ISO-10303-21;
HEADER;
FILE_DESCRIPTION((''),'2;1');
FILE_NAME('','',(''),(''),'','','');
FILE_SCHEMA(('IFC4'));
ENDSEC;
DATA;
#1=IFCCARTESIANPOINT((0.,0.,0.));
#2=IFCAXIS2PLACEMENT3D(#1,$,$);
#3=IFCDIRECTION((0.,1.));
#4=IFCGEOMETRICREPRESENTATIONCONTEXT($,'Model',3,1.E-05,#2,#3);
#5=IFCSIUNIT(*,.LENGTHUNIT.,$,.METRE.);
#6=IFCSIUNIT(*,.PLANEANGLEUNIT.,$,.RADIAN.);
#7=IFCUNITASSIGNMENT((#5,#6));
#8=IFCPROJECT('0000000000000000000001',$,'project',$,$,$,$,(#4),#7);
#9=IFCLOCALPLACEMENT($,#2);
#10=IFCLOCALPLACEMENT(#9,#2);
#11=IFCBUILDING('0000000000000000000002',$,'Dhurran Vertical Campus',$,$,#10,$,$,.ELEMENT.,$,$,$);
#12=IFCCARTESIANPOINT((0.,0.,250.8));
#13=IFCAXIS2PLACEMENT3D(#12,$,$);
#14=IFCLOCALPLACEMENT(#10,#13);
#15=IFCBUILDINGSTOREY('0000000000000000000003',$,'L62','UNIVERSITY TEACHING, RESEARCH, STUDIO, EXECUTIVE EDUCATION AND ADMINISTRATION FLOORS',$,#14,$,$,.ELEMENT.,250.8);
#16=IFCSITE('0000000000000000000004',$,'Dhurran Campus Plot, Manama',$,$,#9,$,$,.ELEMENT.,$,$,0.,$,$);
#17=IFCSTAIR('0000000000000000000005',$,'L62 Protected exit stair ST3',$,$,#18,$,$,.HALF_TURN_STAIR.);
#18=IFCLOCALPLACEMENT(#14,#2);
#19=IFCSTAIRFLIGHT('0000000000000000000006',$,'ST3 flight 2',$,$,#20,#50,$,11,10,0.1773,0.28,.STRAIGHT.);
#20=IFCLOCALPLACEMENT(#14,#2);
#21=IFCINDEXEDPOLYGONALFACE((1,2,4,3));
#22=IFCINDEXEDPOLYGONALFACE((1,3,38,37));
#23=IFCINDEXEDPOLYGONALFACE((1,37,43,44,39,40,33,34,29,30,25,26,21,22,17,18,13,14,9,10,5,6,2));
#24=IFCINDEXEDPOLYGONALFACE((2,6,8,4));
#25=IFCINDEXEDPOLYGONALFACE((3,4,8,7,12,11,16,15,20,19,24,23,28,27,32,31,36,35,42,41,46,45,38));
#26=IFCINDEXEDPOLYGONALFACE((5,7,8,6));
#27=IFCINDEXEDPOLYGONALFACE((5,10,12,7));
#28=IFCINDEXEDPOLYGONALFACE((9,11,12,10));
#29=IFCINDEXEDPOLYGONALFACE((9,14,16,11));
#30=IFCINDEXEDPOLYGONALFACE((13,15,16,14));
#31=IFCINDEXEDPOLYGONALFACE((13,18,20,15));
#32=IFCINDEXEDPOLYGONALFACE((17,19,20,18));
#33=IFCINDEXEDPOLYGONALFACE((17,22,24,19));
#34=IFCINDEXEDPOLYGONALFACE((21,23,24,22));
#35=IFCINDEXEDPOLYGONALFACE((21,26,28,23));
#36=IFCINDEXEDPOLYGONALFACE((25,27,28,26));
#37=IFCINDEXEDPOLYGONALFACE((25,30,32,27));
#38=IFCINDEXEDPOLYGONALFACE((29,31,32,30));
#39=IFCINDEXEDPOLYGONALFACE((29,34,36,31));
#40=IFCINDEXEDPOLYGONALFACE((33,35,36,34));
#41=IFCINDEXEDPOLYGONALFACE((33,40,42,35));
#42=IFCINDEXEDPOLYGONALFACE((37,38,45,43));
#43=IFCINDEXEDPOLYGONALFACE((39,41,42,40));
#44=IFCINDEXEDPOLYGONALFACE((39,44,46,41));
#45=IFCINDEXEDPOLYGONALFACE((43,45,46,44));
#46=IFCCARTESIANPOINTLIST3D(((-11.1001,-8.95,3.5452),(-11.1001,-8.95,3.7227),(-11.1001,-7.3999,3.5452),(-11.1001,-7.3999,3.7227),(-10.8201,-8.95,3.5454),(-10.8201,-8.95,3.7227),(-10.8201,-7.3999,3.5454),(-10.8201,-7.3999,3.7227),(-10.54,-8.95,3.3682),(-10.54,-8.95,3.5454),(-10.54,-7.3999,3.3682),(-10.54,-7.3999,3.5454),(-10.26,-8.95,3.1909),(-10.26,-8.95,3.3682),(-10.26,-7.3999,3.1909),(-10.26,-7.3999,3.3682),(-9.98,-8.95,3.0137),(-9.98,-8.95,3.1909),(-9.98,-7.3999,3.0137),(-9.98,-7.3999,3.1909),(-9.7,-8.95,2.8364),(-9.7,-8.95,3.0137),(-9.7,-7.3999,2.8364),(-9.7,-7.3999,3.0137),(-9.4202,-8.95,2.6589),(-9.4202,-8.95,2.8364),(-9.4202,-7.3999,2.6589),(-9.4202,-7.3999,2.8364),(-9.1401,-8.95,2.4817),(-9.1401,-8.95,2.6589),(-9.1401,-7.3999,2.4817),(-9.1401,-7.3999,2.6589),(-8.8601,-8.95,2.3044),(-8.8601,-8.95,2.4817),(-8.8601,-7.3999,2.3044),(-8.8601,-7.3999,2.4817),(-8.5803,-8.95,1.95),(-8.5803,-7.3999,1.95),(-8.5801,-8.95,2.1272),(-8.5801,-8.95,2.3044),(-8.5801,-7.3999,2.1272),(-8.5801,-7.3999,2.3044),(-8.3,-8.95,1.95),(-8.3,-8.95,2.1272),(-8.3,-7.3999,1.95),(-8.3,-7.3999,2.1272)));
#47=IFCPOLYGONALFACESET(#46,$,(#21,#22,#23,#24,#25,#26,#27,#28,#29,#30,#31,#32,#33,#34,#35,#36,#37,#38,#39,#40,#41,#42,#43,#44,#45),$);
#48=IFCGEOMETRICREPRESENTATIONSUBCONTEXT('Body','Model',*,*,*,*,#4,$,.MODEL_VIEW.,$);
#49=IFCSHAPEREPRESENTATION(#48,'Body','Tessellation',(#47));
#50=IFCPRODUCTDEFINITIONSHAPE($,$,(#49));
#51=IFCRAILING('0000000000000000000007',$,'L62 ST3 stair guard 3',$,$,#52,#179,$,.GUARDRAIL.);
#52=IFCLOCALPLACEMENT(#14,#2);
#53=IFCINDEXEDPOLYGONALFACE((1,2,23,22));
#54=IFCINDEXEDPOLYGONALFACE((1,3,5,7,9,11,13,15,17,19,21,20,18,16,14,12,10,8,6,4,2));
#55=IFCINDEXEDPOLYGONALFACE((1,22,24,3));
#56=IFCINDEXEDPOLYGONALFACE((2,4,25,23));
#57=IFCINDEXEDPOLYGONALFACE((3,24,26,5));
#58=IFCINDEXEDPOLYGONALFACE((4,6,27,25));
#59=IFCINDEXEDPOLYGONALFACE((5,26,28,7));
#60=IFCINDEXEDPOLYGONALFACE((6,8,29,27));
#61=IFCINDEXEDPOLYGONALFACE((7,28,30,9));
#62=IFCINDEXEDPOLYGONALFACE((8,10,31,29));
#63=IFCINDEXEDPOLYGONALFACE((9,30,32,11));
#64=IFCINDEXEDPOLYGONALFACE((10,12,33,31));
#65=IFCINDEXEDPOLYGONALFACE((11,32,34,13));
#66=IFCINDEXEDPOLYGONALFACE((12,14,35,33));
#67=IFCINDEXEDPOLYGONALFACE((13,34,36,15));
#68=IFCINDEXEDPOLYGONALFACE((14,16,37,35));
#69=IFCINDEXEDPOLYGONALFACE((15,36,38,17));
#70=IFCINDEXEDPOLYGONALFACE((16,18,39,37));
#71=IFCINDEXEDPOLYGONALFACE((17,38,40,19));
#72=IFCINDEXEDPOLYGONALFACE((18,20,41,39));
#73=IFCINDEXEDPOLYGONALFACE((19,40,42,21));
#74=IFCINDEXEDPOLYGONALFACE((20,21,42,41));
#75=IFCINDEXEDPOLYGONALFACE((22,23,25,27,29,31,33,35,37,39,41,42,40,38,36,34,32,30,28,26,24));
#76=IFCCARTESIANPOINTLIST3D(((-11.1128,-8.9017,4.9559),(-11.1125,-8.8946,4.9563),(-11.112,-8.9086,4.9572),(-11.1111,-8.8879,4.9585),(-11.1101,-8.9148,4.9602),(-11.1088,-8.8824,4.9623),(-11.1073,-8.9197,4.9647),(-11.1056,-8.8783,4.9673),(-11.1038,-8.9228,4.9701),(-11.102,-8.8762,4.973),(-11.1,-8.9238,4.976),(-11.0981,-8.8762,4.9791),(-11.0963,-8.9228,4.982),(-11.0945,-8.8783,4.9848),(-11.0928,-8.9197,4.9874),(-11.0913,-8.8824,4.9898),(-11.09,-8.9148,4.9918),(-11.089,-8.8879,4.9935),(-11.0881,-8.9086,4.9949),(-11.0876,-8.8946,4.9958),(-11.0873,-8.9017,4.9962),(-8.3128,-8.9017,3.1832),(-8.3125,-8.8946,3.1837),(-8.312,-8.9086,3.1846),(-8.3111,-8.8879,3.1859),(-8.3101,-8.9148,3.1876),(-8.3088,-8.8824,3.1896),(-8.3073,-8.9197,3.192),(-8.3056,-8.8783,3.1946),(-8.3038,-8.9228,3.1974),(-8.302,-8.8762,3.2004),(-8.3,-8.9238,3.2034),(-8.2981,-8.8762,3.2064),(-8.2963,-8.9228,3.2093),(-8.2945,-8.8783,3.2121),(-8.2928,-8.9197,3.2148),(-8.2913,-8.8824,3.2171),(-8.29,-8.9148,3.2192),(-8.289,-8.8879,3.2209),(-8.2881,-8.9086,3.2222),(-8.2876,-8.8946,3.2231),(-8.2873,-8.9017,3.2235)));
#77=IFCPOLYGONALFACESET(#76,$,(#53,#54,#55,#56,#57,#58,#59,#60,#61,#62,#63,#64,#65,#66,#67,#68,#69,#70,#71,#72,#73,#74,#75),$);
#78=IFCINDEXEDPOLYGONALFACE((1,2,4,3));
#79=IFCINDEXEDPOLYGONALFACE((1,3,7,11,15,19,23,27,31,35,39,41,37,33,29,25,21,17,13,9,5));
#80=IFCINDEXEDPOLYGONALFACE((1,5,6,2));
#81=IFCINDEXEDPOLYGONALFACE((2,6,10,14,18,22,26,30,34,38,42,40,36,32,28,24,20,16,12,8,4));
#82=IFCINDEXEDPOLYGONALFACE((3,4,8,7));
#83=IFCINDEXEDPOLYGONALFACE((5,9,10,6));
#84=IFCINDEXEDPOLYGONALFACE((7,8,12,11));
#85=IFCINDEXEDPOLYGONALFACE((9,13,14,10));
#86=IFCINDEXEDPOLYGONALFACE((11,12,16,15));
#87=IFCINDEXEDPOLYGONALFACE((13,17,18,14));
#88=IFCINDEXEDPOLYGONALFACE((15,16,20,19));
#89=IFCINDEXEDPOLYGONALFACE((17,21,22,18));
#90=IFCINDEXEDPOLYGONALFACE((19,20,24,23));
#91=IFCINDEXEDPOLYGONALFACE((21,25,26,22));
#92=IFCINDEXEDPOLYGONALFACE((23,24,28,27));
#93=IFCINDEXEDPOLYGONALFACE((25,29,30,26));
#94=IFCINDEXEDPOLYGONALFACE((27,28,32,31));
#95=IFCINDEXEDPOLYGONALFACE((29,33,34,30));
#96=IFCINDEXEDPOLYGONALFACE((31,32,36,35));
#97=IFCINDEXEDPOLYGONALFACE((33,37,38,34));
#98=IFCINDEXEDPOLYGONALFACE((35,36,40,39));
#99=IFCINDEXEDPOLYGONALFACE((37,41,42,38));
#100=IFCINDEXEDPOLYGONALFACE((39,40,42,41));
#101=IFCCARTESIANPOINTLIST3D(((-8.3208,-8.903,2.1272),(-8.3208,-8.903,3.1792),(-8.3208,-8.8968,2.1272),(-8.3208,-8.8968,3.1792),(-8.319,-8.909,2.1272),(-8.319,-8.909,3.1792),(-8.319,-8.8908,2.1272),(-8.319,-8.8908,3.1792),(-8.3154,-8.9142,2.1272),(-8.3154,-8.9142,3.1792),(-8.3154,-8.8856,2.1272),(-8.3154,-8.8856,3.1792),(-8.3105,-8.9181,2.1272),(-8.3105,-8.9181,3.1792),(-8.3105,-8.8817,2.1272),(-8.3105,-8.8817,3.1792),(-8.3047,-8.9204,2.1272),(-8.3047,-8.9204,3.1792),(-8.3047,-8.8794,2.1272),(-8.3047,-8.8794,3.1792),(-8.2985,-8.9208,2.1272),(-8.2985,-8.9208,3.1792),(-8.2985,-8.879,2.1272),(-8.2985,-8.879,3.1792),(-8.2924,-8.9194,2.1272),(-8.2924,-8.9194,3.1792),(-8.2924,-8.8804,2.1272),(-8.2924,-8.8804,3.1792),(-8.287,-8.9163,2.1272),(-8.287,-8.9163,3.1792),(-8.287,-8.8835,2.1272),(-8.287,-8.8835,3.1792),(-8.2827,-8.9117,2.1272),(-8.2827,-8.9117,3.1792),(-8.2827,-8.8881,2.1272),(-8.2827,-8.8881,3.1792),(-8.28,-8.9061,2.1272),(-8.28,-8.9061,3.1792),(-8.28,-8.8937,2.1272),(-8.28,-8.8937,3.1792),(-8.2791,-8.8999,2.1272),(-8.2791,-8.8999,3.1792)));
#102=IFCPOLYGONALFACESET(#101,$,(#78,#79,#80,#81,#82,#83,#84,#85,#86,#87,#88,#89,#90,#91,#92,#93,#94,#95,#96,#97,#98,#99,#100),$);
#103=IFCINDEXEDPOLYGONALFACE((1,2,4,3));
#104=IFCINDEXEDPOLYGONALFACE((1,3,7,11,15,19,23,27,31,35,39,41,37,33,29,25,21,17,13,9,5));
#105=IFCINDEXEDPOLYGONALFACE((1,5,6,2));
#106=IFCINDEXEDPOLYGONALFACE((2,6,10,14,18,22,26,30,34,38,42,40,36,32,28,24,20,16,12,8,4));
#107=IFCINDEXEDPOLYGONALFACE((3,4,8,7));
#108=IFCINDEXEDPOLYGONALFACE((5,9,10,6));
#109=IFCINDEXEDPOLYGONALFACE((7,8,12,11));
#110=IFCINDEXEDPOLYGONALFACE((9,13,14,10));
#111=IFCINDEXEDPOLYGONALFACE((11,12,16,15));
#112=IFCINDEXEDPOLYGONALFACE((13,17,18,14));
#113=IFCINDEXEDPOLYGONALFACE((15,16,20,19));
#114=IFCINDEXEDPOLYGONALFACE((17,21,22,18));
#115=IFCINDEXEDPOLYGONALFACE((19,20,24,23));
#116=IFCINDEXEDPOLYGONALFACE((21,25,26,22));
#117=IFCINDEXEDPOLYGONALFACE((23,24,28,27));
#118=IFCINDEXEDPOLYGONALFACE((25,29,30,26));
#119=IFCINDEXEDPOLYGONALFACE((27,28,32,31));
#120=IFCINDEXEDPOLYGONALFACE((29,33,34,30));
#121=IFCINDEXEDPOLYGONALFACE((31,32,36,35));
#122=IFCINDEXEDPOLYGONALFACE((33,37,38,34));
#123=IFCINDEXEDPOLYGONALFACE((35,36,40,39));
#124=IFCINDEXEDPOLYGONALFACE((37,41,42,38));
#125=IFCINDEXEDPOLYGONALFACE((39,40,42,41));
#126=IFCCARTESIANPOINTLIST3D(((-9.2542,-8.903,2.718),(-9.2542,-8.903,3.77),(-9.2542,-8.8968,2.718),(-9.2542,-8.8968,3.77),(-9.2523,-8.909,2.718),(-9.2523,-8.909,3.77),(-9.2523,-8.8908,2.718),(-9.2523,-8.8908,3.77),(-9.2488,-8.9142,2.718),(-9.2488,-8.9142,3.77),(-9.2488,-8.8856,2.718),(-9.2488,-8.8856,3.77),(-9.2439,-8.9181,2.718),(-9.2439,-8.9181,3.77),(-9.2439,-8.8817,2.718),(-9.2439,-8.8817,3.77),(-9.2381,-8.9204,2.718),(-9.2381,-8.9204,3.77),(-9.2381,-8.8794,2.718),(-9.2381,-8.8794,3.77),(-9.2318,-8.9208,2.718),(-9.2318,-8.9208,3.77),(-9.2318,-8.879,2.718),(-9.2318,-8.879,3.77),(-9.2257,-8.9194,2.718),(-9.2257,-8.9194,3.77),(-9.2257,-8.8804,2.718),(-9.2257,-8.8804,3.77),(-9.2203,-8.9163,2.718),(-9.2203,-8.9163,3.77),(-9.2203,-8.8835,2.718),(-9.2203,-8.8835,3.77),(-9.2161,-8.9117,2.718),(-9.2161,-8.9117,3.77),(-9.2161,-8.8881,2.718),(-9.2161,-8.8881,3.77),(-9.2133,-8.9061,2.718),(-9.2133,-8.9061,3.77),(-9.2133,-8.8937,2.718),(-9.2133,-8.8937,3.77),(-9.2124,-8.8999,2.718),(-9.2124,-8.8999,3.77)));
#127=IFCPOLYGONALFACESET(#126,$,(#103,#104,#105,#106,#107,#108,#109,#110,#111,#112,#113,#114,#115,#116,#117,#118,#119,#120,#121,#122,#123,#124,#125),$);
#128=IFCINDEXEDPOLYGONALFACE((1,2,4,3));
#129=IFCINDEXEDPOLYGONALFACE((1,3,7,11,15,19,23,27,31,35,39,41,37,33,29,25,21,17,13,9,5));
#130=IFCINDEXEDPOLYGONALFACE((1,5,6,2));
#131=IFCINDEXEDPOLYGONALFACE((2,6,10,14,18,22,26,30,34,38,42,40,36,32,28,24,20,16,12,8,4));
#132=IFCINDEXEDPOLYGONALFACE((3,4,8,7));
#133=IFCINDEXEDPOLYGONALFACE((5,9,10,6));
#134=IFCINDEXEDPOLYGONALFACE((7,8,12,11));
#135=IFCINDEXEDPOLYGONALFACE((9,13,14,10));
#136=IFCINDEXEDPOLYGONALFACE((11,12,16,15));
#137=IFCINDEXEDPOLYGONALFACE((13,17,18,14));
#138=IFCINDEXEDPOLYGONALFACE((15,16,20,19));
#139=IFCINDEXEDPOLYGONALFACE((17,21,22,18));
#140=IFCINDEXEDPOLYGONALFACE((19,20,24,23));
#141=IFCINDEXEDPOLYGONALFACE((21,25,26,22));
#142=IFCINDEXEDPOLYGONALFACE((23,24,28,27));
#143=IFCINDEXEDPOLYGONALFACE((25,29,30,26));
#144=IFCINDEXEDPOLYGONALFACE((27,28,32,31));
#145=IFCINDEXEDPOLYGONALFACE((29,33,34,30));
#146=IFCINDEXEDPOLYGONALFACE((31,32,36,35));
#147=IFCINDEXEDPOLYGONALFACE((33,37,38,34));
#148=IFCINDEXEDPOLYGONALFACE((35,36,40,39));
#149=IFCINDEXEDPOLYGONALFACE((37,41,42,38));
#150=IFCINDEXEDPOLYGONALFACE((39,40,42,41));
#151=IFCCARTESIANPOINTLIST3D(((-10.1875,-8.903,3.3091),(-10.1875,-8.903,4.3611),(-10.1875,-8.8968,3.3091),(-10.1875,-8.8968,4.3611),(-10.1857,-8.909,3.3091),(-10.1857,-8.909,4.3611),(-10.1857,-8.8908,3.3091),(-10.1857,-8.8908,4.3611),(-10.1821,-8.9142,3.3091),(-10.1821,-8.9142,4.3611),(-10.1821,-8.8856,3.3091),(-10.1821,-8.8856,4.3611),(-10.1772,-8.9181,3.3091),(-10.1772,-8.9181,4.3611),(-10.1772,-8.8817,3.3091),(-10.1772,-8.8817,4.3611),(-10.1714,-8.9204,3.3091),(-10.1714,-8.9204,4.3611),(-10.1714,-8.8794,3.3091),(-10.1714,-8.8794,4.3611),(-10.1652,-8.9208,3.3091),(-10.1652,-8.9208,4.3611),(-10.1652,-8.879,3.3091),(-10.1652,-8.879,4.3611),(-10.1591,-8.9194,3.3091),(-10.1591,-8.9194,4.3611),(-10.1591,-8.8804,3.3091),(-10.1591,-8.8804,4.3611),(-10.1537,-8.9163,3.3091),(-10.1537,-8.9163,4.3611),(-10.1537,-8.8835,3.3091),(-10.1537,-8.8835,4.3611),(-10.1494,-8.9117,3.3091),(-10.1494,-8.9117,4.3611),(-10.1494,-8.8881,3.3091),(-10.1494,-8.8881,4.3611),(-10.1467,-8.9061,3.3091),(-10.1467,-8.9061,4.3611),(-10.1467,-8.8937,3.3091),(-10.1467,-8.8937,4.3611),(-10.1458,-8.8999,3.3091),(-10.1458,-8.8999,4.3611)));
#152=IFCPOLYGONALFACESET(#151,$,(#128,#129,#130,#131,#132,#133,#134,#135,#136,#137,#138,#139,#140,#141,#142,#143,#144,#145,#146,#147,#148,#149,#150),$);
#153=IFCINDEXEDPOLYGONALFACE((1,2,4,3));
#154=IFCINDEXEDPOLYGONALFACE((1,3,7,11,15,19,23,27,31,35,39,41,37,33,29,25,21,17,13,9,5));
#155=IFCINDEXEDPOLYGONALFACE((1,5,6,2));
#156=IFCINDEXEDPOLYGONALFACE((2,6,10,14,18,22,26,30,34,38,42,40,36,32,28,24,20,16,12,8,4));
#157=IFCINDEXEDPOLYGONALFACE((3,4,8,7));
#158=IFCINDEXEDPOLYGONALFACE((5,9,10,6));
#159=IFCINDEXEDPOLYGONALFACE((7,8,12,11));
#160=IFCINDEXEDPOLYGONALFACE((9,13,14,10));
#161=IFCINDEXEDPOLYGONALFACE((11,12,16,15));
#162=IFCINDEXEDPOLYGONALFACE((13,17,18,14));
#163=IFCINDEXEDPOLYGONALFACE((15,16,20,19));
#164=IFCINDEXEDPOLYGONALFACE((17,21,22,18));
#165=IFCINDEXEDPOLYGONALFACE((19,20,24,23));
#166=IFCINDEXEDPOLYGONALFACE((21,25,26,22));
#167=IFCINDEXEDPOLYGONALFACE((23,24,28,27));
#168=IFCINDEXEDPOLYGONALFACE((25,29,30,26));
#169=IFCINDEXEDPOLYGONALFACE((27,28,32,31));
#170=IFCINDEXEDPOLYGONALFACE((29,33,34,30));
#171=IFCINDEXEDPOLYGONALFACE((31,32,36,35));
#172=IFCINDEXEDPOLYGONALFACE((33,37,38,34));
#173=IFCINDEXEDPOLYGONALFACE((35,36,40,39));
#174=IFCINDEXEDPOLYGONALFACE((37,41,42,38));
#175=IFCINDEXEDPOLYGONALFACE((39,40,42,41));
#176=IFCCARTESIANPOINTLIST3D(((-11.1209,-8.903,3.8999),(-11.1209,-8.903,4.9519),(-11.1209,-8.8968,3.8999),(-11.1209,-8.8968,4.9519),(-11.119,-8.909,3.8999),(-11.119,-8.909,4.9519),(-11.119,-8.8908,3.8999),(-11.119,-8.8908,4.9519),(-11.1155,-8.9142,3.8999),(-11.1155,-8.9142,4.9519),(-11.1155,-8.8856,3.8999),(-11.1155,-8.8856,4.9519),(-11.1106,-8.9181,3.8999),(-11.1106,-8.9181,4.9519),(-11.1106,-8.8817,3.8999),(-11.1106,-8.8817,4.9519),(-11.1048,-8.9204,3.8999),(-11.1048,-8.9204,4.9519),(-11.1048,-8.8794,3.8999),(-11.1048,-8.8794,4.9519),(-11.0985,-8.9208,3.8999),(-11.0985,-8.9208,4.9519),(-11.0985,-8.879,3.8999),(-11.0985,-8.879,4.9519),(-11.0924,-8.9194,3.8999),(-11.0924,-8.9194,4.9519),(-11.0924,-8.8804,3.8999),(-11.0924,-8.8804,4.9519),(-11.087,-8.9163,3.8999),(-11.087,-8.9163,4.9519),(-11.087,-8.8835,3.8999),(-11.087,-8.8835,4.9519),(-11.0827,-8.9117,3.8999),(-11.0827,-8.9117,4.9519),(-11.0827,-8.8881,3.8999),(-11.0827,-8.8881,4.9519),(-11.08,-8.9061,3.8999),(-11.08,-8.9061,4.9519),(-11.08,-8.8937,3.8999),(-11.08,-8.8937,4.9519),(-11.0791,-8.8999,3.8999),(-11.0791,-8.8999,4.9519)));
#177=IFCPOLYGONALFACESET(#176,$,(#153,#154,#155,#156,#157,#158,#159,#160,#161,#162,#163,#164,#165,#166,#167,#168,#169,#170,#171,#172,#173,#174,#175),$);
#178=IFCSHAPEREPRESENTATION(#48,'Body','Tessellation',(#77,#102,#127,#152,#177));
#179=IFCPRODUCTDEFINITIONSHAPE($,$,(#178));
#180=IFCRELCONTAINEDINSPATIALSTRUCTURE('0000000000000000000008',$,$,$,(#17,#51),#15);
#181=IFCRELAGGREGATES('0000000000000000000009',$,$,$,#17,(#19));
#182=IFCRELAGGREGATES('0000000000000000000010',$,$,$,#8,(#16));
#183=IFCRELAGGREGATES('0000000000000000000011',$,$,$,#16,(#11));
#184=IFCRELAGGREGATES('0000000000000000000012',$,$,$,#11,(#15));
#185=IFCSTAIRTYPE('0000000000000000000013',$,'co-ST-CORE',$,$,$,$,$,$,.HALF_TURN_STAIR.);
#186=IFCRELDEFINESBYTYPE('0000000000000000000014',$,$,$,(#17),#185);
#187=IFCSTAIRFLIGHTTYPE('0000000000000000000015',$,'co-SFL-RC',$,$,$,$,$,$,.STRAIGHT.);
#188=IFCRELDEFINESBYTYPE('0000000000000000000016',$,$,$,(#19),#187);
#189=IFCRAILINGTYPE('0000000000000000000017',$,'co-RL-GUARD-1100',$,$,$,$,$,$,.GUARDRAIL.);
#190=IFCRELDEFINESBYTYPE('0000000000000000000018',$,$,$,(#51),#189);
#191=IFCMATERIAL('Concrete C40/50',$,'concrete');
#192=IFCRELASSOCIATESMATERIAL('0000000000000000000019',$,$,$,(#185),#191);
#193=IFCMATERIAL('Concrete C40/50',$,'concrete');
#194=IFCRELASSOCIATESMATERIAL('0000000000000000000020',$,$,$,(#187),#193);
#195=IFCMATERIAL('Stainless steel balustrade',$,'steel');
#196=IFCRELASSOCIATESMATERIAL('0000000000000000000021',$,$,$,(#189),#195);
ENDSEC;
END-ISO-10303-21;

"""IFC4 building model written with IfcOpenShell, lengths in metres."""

from ifc_helpers import new_model, si_unit, direction, frame, origin, origin_2d, place, context, subcontext, project, spatial, polyline, circle, outline, extrude, material, type_object, element, aggregate, save


model = new_model("IFC4")

# Units and contexts
model_context = context("Model", 3, precision=1e-05, world=origin(), true_north=direction((0.0, 1.0)))
body_context = subcontext(model_context, "Body", "Model", "MODEL_VIEW")
ifc_project = project(units=[si_unit("LENGTHUNIT", "METRE"), si_unit("PLANEANGLEUNIT", "RADIAN")], contexts=[model_context])

# Site, building, storey
site_placement = place(None, origin())
site = spatial("IfcSite", under=ifc_project, at=site_placement, Name="Dhurran Campus Plot, Manama", CompositionType="ELEMENT", RefElevation=0.0)
building_placement = place(site_placement, origin())
building = spatial("IfcBuilding", under=site, at=building_placement, Name="Dhurran Vertical Campus", CompositionType="ELEMENT")
storey_placement = place(building_placement, frame((0.0, 0.0, 250.8)))
storey = spatial("IfcBuildingStorey", under=building, at=storey_placement, Name="L62", Description="UNIVERSITY TEACHING, RESEARCH, STUDIO, EXECUTIVE EDUCATION AND ADMINISTRATION FLOORS", CompositionType="ELEMENT", Elevation=250.8)

# Stair, stair flight
ifc_material_1 = material(Name="Concrete C40/50", Category="concrete")
stair_type = type_object("IfcStairType", Name="co-ST-CORE", PredefinedType="HALF_TURN_STAIR", material=ifc_material_1)
stair_placement = place(storey_placement, origin())
stair = element("IfcStair", 1, at=stair_placement, inside=storey, type_object=stair_type, Name="L62 Protected exit stair ST3", PredefinedType="HALF_TURN_STAIR")
ifc_material_2 = material(Name="Concrete C40/50", Category="concrete")
stair_flight_type = type_object("IfcStairFlightType", Name="co-SFL-RC", PredefinedType="STRAIGHT", material=ifc_material_2)
stair_flight_placement = place(storey_placement, frame((-8.3, -8.175, 1.95), z_axis=(0.0, 0.0, 1.0), x_axis=(-1.0, 0.0, 0.0)))
stair_flight = element("IfcStairFlight", 2, at=stair_flight_placement, type_object=stair_flight_type, Name="ST3 flight 2", NumberOfRisers=11, NumberOfTreads=10, PredefinedType="STRAIGHT", RiserHeight=0.1773, TreadLength=0.28, context=body_context, shape_type="SweptSolid", body=[
    extrude(outline(polyline([(0.0, 0.0), (0.0, 0.1772), (0.28, 0.1772), (0.28, 0.3545), (0.5601, 0.3545), (0.5601, 0.5317), (0.8401, 0.5317), (0.8401, 0.709), (1.1201, 0.709), (1.1201, 0.8865), (1.3999, 0.8865), (1.3999, 1.0637), (1.6799, 1.0637), (1.6799, 1.241), (1.96, 1.241), (1.96, 1.4182), (2.24, 1.4182), (2.24, 1.5955), (2.52, 1.5955), (2.52, 1.7727), (2.8, 1.7727), (2.8, 1.95), (2.8, 1.5952), (0.2803, 0.0), (0.0, 0.0)])), frame((0.0, 0.7749, 0.0), z_axis=(0.0, -1.0, 0.0), x_axis=(1.0, 0.0, 0.0)), (0.0, 0.0, 1.0), 1.55),
])
aggregate(stair, [stair_flight])

# Railing
ifc_material_3 = material(Name="Stainless steel balustrade", Category="steel")
railing_type_1 = type_object("IfcRailingType", Name="co-RL-GUARD-1100", PredefinedType="GUARDRAIL", material=ifc_material_3)
railing_1_placement = place(storey_placement, frame((-8.3, -8.8999, 2.1272)))
element("IfcRailing", 3, at=railing_1_placement, inside=storey, type_object=railing_type_1, Name="L62 ST3 stair guard 3", PredefinedType="GUARDRAIL", context=body_context, shape_type="SweptSolid", body=[
    extrude(circle(Radius=0.0239, at=origin_2d()), frame((0.0, 0.0, 1.0762), z_axis=(-0.844909, 0.0, 0.53491), x_axis=(0.0, -1.0, 0.0)), (0.0, 0.0, 1.0), 3.314),
    extrude(circle(Radius=0.021, at=origin_2d()), origin(), (0.0, 0.0, 1.0), 1.052),
    extrude(circle(Radius=0.021, at=origin_2d()), frame((-0.9333, 0.0, 0.5908)), (0.0, 0.0, 1.0), 1.052),
    extrude(circle(Radius=0.021, at=origin_2d()), frame((-1.8667, 0.0, 1.1819)), (0.0, 0.0, 1.0), 1.052),
    extrude(circle(Radius=0.021, at=origin_2d()), frame((-2.8, 0.0, 1.7727)), (0.0, 0.0, 1.0), 1.052),
])

save(model, "model.ifc")
